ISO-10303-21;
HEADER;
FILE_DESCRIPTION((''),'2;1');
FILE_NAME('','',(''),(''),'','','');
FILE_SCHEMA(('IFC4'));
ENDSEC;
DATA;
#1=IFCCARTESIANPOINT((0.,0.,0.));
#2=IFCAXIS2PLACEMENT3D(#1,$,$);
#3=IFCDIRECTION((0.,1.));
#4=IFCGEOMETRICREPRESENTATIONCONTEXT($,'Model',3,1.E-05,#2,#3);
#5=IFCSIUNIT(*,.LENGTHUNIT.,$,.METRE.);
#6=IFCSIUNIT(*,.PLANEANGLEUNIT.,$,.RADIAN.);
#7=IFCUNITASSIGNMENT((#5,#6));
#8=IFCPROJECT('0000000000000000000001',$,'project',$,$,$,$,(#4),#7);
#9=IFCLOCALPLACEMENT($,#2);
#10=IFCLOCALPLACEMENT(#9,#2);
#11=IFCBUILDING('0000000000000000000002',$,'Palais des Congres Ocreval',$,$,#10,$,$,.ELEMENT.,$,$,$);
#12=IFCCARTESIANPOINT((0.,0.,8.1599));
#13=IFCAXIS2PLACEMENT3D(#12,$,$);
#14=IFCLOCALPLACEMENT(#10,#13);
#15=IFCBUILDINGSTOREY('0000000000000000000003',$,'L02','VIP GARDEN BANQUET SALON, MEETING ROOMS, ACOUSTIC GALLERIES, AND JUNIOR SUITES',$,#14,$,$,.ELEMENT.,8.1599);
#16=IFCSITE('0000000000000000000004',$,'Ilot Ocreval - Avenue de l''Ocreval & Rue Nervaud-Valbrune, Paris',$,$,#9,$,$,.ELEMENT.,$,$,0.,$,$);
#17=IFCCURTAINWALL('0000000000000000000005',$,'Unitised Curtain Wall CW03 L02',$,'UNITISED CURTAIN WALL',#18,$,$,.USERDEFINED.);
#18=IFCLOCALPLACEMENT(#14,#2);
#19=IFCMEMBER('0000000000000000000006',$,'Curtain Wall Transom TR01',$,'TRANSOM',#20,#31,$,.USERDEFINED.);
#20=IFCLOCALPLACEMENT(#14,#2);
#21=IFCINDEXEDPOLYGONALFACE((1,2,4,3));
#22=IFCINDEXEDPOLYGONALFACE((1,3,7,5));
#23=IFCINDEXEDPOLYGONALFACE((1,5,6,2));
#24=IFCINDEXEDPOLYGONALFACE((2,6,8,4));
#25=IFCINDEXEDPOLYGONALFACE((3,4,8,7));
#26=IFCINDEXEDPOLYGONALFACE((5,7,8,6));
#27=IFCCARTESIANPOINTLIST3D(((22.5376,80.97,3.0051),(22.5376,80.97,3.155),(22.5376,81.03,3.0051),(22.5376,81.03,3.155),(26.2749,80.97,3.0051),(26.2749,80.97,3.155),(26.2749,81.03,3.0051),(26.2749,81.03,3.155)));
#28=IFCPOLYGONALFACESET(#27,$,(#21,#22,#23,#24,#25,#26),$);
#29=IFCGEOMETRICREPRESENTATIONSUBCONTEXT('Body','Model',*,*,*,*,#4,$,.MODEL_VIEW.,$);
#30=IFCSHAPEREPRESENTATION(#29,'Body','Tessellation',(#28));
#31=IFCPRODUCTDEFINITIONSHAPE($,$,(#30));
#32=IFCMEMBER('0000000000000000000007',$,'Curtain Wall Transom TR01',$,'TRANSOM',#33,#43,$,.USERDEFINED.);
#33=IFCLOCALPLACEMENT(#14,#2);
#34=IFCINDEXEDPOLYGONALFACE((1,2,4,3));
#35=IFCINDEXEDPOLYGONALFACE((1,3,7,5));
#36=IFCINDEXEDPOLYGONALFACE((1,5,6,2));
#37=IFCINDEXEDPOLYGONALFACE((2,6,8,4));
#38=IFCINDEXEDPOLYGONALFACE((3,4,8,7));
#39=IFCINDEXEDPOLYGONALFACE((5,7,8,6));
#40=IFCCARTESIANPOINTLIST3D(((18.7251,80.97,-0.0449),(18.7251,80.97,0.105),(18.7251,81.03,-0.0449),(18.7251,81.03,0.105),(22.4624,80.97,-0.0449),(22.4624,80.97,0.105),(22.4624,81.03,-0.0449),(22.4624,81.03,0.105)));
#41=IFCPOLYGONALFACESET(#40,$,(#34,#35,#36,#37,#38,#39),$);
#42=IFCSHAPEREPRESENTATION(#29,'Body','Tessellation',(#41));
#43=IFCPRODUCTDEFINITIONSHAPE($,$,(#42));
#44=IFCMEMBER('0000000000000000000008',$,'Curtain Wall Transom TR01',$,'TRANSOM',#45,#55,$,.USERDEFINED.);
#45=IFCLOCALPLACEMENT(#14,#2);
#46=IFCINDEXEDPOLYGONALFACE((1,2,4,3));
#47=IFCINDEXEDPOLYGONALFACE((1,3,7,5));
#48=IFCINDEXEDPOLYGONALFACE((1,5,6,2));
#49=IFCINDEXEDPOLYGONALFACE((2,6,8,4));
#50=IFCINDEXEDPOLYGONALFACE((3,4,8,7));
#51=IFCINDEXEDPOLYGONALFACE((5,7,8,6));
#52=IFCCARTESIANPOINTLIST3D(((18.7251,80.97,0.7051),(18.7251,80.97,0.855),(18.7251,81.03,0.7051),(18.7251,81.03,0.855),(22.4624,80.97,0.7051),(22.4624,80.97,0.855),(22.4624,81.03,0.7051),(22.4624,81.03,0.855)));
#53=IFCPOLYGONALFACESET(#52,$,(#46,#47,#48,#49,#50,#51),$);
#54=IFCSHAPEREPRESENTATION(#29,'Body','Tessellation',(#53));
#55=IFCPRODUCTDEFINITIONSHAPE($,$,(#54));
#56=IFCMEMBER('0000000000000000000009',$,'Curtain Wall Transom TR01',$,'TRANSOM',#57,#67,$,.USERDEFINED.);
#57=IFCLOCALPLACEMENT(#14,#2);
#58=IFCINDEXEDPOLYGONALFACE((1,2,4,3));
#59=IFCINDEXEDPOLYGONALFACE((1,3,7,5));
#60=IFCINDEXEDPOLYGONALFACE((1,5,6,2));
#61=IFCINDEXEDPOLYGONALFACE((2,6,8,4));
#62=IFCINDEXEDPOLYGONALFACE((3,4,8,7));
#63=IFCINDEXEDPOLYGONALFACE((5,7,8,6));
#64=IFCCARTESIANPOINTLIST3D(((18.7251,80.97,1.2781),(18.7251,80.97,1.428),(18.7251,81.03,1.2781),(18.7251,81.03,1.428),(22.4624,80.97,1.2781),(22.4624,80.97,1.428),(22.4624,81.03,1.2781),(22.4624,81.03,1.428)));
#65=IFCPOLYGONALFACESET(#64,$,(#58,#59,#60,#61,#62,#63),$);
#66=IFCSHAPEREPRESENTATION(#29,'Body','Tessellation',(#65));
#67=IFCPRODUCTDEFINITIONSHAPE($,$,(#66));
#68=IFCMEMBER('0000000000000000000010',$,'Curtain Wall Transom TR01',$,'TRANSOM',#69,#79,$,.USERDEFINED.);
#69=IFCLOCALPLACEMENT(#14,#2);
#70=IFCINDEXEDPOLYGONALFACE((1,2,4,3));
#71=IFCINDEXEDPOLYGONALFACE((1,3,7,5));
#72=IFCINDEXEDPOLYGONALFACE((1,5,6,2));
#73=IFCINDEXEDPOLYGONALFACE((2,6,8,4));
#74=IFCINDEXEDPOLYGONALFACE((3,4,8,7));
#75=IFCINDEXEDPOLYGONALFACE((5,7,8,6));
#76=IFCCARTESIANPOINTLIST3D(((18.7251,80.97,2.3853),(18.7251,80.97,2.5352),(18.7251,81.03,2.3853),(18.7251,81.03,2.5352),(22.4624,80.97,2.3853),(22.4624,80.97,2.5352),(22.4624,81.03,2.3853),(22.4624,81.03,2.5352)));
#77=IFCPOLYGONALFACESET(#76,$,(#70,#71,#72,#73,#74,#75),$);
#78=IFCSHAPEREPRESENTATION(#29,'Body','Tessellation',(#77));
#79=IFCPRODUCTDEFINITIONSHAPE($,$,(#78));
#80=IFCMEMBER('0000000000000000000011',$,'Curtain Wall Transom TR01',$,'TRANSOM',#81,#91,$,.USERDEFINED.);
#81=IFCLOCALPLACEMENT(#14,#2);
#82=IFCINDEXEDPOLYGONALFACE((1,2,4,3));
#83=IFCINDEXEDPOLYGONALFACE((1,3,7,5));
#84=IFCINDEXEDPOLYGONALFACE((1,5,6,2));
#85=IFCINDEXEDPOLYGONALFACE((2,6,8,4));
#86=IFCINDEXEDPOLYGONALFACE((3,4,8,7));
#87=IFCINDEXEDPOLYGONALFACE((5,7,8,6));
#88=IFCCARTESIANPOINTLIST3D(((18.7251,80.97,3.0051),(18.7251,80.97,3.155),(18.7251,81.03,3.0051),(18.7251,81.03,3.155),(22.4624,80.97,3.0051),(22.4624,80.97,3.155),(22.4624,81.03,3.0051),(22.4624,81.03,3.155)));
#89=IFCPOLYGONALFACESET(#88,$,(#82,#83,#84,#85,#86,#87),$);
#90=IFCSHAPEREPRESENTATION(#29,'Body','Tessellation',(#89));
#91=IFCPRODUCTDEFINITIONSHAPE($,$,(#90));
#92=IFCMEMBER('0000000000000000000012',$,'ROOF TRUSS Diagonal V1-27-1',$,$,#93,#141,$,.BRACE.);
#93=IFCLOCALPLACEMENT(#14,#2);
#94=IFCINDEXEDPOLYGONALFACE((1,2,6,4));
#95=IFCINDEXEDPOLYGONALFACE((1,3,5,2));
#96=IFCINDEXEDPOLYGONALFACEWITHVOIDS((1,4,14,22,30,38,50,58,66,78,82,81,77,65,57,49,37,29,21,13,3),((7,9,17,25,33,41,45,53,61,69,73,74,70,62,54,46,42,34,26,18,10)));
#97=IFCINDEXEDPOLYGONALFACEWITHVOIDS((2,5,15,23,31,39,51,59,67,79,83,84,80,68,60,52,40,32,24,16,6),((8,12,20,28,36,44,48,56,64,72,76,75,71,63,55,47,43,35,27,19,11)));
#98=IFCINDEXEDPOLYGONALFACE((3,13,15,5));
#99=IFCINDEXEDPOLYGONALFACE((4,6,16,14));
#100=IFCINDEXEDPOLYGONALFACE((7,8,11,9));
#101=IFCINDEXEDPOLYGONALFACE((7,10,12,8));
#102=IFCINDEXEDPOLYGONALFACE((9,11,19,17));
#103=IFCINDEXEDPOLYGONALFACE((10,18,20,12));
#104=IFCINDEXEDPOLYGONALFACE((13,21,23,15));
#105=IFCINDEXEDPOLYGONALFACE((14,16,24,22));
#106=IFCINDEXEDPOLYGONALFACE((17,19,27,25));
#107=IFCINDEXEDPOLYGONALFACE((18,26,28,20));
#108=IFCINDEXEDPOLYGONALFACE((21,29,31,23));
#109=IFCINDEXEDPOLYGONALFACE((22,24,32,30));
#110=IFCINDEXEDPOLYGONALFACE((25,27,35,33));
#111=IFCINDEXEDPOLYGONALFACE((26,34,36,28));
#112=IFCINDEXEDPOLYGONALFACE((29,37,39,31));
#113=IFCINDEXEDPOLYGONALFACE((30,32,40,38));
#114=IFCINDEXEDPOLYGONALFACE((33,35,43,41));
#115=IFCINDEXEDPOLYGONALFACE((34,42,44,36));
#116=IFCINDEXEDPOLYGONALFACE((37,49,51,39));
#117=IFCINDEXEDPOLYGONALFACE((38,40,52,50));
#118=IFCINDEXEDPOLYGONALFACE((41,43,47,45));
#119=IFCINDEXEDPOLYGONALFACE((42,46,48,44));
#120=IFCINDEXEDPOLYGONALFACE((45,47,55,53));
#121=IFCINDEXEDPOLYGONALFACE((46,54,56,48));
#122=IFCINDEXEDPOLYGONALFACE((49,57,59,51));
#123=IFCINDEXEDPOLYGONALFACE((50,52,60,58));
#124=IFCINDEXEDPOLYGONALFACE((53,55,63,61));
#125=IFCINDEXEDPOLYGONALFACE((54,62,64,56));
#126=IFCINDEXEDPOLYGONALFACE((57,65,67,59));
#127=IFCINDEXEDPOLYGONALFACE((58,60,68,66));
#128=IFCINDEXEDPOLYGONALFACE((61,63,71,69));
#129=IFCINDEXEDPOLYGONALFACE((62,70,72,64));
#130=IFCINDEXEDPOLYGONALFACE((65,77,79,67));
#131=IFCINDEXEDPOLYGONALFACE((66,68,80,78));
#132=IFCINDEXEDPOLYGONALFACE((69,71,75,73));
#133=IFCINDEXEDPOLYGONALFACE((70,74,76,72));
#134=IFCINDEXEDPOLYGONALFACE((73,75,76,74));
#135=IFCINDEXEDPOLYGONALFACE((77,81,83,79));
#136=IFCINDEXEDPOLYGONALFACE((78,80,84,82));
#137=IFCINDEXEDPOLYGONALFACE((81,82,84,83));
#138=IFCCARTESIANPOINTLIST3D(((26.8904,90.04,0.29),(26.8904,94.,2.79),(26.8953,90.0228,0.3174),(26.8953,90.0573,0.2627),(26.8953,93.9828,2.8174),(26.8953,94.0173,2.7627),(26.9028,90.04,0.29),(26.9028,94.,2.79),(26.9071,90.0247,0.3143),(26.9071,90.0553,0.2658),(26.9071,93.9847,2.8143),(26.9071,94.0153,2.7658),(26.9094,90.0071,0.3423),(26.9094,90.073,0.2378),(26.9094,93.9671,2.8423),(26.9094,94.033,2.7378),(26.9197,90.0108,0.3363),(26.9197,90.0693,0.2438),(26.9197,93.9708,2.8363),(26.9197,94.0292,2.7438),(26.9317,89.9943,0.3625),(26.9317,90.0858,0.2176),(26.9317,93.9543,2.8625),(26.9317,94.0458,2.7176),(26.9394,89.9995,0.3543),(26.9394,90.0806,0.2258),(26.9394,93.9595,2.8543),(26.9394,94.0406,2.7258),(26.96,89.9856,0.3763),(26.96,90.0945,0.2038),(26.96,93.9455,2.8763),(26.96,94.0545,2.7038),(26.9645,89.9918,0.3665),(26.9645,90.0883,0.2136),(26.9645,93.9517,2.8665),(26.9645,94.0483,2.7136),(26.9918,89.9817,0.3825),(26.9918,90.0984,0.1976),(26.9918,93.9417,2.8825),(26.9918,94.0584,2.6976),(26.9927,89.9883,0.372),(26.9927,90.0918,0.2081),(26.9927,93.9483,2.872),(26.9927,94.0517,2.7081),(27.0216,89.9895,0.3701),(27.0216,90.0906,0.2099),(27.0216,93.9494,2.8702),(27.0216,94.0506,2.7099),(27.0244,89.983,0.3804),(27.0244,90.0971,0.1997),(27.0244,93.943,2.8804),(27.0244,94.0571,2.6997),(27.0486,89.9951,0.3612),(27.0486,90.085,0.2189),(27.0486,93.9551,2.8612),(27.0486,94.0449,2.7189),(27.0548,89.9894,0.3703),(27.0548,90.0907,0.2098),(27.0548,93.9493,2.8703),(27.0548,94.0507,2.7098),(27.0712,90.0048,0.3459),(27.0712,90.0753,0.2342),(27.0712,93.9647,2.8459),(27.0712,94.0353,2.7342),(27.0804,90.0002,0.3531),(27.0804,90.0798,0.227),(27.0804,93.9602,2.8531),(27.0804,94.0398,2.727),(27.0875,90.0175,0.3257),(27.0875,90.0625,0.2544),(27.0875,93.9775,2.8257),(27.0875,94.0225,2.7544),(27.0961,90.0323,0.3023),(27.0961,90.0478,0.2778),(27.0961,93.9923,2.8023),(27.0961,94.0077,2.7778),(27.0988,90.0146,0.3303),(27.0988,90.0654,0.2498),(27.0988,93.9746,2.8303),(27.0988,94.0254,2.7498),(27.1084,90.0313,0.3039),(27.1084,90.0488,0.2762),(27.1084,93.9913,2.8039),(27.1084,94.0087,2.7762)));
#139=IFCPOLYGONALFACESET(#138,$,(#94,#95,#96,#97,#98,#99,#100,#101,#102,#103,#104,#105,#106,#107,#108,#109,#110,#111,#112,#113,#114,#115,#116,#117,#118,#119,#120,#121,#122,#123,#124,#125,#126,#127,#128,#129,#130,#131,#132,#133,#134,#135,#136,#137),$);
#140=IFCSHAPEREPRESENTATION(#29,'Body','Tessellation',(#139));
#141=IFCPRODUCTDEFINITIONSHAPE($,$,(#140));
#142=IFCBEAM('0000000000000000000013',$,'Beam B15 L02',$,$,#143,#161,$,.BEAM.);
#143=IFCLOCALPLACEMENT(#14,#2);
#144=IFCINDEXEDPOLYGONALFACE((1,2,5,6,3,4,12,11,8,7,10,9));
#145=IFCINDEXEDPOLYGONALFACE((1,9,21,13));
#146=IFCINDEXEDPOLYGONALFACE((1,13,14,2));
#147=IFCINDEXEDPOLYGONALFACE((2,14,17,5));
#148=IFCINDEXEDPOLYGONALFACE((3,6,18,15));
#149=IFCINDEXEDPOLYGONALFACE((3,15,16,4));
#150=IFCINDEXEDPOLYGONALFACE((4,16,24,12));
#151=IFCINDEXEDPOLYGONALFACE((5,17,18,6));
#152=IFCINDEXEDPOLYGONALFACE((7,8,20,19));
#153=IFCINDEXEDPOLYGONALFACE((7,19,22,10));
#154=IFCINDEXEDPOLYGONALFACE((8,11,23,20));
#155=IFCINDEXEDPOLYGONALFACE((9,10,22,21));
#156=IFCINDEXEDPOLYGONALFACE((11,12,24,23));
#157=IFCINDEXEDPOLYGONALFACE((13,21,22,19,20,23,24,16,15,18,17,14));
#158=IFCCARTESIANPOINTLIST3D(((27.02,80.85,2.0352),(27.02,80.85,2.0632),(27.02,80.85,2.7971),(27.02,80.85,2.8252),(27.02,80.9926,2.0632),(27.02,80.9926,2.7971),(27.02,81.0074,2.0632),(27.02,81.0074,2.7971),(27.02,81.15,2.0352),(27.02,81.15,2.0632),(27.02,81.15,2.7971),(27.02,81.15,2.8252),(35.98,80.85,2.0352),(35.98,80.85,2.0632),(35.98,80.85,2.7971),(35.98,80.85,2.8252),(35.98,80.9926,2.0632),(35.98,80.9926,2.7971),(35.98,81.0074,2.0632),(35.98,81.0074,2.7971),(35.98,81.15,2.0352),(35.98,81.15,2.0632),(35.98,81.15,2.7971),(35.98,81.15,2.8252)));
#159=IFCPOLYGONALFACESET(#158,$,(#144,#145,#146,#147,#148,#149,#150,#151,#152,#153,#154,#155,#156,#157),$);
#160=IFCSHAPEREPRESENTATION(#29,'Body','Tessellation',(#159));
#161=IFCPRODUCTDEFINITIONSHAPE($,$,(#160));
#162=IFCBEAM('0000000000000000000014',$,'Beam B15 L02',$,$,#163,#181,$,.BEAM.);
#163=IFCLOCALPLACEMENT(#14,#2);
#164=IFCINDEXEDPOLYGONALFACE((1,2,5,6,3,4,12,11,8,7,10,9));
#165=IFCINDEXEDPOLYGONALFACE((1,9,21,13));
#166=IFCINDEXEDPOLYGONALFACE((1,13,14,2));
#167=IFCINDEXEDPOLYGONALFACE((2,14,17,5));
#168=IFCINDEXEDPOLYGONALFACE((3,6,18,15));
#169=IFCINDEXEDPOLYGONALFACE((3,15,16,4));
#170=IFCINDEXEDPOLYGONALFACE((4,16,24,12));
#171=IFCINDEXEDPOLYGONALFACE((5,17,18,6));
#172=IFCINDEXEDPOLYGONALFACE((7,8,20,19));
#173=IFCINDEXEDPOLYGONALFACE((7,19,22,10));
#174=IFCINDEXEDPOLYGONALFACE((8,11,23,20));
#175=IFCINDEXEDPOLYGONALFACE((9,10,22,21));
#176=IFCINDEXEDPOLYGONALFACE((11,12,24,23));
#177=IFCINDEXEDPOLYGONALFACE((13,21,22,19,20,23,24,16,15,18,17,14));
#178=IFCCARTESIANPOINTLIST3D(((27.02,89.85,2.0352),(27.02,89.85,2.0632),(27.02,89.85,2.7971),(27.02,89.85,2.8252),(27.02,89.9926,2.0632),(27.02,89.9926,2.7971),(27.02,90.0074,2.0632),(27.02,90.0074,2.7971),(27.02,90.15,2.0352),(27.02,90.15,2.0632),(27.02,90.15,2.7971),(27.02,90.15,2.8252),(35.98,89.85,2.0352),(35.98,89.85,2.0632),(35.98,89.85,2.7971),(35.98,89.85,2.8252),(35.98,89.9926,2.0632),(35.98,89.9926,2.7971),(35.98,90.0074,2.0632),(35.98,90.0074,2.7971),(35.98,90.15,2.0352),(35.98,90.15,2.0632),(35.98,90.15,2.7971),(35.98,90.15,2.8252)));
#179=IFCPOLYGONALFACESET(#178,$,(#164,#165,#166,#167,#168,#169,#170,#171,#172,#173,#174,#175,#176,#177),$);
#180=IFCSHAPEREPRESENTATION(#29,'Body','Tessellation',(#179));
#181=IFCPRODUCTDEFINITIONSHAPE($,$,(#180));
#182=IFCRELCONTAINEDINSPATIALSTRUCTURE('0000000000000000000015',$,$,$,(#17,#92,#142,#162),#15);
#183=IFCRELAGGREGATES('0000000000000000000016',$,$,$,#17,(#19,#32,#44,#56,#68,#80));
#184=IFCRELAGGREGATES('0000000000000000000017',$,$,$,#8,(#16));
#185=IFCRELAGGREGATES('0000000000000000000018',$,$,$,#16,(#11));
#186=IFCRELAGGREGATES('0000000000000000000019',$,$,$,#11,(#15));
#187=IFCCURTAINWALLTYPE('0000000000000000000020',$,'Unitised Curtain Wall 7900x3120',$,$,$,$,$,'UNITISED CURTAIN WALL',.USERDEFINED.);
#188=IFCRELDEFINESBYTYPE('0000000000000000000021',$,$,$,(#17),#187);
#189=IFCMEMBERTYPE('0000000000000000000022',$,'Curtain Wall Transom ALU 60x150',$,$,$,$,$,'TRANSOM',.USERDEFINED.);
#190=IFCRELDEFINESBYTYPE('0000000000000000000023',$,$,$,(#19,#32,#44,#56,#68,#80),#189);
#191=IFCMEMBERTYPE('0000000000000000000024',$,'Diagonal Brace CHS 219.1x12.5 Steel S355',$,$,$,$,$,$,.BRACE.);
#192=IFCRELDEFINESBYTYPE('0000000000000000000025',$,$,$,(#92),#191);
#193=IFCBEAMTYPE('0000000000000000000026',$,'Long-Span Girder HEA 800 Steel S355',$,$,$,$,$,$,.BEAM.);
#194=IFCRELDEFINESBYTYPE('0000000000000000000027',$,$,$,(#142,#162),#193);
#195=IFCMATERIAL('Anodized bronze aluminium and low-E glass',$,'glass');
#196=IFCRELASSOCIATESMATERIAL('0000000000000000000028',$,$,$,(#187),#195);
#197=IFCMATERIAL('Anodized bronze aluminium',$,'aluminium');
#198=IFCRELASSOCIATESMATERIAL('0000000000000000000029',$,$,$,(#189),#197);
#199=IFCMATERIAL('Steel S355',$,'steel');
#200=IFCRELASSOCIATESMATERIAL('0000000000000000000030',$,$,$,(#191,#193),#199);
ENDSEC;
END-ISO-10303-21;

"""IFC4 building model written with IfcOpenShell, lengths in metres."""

from ifc_helpers import new_model, si_unit, direction, frame, origin, origin_2d, place, context, subcontext, project, spatial, rectangle, hollow_circle, i_section, extrude, material, material_profile, profile_set, type_object, element, aggregate, save


model = new_model("IFC4")

# Units and contexts
model_context = context("Model", 3, precision=1e-05, world=origin(), true_north=direction((0.0, 1.0)))
body_context = subcontext(model_context, "Body", "Model", "MODEL_VIEW")
ifc_project = project(units=[si_unit("LENGTHUNIT", "METRE"), si_unit("PLANEANGLEUNIT", "RADIAN")], contexts=[model_context])

# Site, building, storey
site_placement = place(None, origin())
site = spatial("IfcSite", under=ifc_project, at=site_placement, Name="Ilot Ocreval - Avenue de l'Ocreval & Rue Nervaud-Valbrune, Paris", CompositionType="ELEMENT", RefElevation=0.0)
building_placement = place(site_placement, origin())
building = spatial("IfcBuilding", under=site, at=building_placement, Name="Palais des Congres Ocreval", CompositionType="ELEMENT")
storey_placement = place(building_placement, frame((0.0, 0.0, 8.1599)))
storey = spatial("IfcBuildingStorey", under=building, at=storey_placement, Name="L02", Description="VIP GARDEN BANQUET SALON, MEETING ROOMS, ACOUSTIC GALLERIES, AND JUNIOR SUITES", CompositionType="ELEMENT", Elevation=8.1599)

# Shared definitions
ifc_material_1 = material(Name="Steel S355", Category="steel")

# Curtain wall, members
ifc_material_2 = material(Name="Anodized bronze aluminium and low-E glass", Category="glass")
curtain_wall_type = type_object("IfcCurtainWallType", Name="Unitised Curtain Wall 7900x3120", ElementType="UNITISED CURTAIN WALL", PredefinedType="USERDEFINED", material=ifc_material_2)
curtain_wall_placement = place(storey_placement, origin())
curtain_wall = element("IfcCurtainWall", 1, at=curtain_wall_placement, inside=storey, type_object=curtain_wall_type, Name="Unitised Curtain Wall CW03 L02", ObjectType="UNITISED CURTAIN WALL", PredefinedType="USERDEFINED")
ifc_material_3 = material(Name="Anodized bronze aluminium", Category="aluminium")
ifc_material_profile_1 = material_profile(ifc_material_3, rectangle(XDim=0.0601, YDim=0.1499, at=origin_2d()), Name="ALU 60x150")
ifc_profile_set_1 = profile_set([ifc_material_profile_1], Name="Anodized bronze aluminium")
member_type_1 = type_object("IfcMemberType", Name="Curtain Wall Transom ALU 60x150", ElementType="TRANSOM", PredefinedType="USERDEFINED", material=ifc_profile_set_1)
member_1_placement = place(storey_placement, frame((26.2749, 81.0, 3.0801), z_axis=(-1.0, 0.0, 0.0), x_axis=(0.0, -1.0, 0.0)))
member_1 = element("IfcMember", 2, at=member_1_placement, type_object=member_type_1, Name="Curtain Wall Transom TR01", ObjectType="TRANSOM", PredefinedType="USERDEFINED", context=body_context, shape_type="SweptSolid", body=[
    extrude(rectangle(XDim=0.0601, YDim=0.1499, at=origin_2d()), origin(), (0.0, 0.0, 1.0), 3.7373),
])
member_2_placement = place(storey_placement, frame((22.4624, 81.0, 0.03), z_axis=(-1.0, 0.0, 0.0), x_axis=(0.0, -1.0, 0.0)))
member_2 = element("IfcMember", 3, at=member_2_placement, type_object=member_type_1, Name="Curtain Wall Transom TR01", ObjectType="TRANSOM", PredefinedType="USERDEFINED", context=body_context, shape_type="SweptSolid", body=[
    extrude(rectangle(XDim=0.0601, YDim=0.1499, at=origin_2d()), origin(), (0.0, 0.0, 1.0), 3.7373),
])
member_3_placement = place(storey_placement, frame((22.4624, 81.0, 0.78), z_axis=(-1.0, 0.0, 0.0), x_axis=(0.0, -1.0, 0.0)))
member_3 = element("IfcMember", 4, at=member_3_placement, type_object=member_type_1, Name="Curtain Wall Transom TR01", ObjectType="TRANSOM", PredefinedType="USERDEFINED", context=body_context, shape_type="SweptSolid", body=[
    extrude(rectangle(XDim=0.0601, YDim=0.1499, at=origin_2d()), origin(), (0.0, 0.0, 1.0), 3.7373),
])
member_4_placement = place(storey_placement, frame((22.4624, 81.0, 1.353), z_axis=(-1.0, 0.0, 0.0), x_axis=(0.0, -1.0, 0.0)))
member_4 = element("IfcMember", 5, at=member_4_placement, type_object=member_type_1, Name="Curtain Wall Transom TR01", ObjectType="TRANSOM", PredefinedType="USERDEFINED", context=body_context, shape_type="SweptSolid", body=[
    extrude(rectangle(XDim=0.0601, YDim=0.1499, at=origin_2d()), origin(), (0.0, 0.0, 1.0), 3.7373),
])
member_5_placement = place(storey_placement, frame((22.4624, 81.0, 2.4602), z_axis=(-1.0, 0.0, 0.0), x_axis=(0.0, -1.0, 0.0)))
member_5 = element("IfcMember", 6, at=member_5_placement, type_object=member_type_1, Name="Curtain Wall Transom TR01", ObjectType="TRANSOM", PredefinedType="USERDEFINED", context=body_context, shape_type="SweptSolid", body=[
    extrude(rectangle(XDim=0.0601, YDim=0.1499, at=origin_2d()), origin(), (0.0, 0.0, 1.0), 3.7373),
])
member_6_placement = place(storey_placement, frame((22.4624, 81.0, 3.0801), z_axis=(-1.0, 0.0, 0.0), x_axis=(0.0, -1.0, 0.0)))
member_6 = element("IfcMember", 7, at=member_6_placement, type_object=member_type_1, Name="Curtain Wall Transom TR01", ObjectType="TRANSOM", PredefinedType="USERDEFINED", context=body_context, shape_type="SweptSolid", body=[
    extrude(rectangle(XDim=0.0601, YDim=0.1499, at=origin_2d()), origin(), (0.0, 0.0, 1.0), 3.7373),
])

# Member
ifc_material_profile_2 = material_profile(ifc_material_1, hollow_circle(Radius=0.1096, WallThickness=0.0125, at=origin_2d()), Name="CHS 219.1x12.5")
ifc_profile_set_2 = profile_set([ifc_material_profile_2], Name="Steel S355")
member_type_2 = type_object("IfcMemberType", Name="Diagonal Brace CHS 219.1x12.5 Steel S355", PredefinedType="BRACE", material=ifc_profile_set_2)
member_7_placement = place(storey_placement, frame((27.0, 90.04, 0.29), z_axis=(0.0, 0.845588, 0.533836), x_axis=(-1.0, 0.0, 0.0)))
element("IfcMember", 8, at=member_7_placement, inside=storey, type_object=member_type_2, Name="ROOF TRUSS Diagonal V1-27-1", PredefinedType="BRACE", context=body_context, shape_type="SweptSolid", body=[
    extrude(hollow_circle(Radius=0.1096, WallThickness=0.0125, at=origin_2d()), origin(), (0.0, 0.0, 1.0), 4.6831),
])

# Beams
ifc_material_profile_3 = material_profile(ifc_material_1, i_section(OverallWidth=0.3, OverallDepth=0.79, WebThickness=0.0149, FlangeThickness=0.0281, at=origin_2d()), Name="HEA 800")
ifc_profile_set_3 = profile_set([ifc_material_profile_3], Name="Steel S355")
beam_type_1 = type_object("IfcBeamType", Name="Long-Span Girder HEA 800 Steel S355", PredefinedType="BEAM", material=ifc_profile_set_3)
for number, where, z_axis, x_axis, name in (
    (9, (27.02, 81.0, 2.4302), (1.0, 0.0, 0.0), (0.0, 1.0, 0.0), "Beam B15 L02"),
    (10, (27.02, 90.0, 2.4302), (1.0, 0.0, 0.0), (0.0, 1.0, 0.0), "Beam B15 L02"),
):
    element("IfcBeam", number, at=place(storey_placement, frame(where, z_axis=z_axis, x_axis=x_axis)), inside=storey, type_object=beam_type_1, Name=name, PredefinedType="BEAM", context=body_context, shape_type="SweptSolid", body=[
        extrude(i_section(OverallWidth=0.3, OverallDepth=0.79, WebThickness=0.0149, FlangeThickness=0.0281, at=origin_2d()), origin(), (0.0, 0.0, 1.0), 8.96),
    ])

aggregate(curtain_wall, [member_1, member_2, member_3, member_4, member_5, member_6])

save(model, "model.ifc")
